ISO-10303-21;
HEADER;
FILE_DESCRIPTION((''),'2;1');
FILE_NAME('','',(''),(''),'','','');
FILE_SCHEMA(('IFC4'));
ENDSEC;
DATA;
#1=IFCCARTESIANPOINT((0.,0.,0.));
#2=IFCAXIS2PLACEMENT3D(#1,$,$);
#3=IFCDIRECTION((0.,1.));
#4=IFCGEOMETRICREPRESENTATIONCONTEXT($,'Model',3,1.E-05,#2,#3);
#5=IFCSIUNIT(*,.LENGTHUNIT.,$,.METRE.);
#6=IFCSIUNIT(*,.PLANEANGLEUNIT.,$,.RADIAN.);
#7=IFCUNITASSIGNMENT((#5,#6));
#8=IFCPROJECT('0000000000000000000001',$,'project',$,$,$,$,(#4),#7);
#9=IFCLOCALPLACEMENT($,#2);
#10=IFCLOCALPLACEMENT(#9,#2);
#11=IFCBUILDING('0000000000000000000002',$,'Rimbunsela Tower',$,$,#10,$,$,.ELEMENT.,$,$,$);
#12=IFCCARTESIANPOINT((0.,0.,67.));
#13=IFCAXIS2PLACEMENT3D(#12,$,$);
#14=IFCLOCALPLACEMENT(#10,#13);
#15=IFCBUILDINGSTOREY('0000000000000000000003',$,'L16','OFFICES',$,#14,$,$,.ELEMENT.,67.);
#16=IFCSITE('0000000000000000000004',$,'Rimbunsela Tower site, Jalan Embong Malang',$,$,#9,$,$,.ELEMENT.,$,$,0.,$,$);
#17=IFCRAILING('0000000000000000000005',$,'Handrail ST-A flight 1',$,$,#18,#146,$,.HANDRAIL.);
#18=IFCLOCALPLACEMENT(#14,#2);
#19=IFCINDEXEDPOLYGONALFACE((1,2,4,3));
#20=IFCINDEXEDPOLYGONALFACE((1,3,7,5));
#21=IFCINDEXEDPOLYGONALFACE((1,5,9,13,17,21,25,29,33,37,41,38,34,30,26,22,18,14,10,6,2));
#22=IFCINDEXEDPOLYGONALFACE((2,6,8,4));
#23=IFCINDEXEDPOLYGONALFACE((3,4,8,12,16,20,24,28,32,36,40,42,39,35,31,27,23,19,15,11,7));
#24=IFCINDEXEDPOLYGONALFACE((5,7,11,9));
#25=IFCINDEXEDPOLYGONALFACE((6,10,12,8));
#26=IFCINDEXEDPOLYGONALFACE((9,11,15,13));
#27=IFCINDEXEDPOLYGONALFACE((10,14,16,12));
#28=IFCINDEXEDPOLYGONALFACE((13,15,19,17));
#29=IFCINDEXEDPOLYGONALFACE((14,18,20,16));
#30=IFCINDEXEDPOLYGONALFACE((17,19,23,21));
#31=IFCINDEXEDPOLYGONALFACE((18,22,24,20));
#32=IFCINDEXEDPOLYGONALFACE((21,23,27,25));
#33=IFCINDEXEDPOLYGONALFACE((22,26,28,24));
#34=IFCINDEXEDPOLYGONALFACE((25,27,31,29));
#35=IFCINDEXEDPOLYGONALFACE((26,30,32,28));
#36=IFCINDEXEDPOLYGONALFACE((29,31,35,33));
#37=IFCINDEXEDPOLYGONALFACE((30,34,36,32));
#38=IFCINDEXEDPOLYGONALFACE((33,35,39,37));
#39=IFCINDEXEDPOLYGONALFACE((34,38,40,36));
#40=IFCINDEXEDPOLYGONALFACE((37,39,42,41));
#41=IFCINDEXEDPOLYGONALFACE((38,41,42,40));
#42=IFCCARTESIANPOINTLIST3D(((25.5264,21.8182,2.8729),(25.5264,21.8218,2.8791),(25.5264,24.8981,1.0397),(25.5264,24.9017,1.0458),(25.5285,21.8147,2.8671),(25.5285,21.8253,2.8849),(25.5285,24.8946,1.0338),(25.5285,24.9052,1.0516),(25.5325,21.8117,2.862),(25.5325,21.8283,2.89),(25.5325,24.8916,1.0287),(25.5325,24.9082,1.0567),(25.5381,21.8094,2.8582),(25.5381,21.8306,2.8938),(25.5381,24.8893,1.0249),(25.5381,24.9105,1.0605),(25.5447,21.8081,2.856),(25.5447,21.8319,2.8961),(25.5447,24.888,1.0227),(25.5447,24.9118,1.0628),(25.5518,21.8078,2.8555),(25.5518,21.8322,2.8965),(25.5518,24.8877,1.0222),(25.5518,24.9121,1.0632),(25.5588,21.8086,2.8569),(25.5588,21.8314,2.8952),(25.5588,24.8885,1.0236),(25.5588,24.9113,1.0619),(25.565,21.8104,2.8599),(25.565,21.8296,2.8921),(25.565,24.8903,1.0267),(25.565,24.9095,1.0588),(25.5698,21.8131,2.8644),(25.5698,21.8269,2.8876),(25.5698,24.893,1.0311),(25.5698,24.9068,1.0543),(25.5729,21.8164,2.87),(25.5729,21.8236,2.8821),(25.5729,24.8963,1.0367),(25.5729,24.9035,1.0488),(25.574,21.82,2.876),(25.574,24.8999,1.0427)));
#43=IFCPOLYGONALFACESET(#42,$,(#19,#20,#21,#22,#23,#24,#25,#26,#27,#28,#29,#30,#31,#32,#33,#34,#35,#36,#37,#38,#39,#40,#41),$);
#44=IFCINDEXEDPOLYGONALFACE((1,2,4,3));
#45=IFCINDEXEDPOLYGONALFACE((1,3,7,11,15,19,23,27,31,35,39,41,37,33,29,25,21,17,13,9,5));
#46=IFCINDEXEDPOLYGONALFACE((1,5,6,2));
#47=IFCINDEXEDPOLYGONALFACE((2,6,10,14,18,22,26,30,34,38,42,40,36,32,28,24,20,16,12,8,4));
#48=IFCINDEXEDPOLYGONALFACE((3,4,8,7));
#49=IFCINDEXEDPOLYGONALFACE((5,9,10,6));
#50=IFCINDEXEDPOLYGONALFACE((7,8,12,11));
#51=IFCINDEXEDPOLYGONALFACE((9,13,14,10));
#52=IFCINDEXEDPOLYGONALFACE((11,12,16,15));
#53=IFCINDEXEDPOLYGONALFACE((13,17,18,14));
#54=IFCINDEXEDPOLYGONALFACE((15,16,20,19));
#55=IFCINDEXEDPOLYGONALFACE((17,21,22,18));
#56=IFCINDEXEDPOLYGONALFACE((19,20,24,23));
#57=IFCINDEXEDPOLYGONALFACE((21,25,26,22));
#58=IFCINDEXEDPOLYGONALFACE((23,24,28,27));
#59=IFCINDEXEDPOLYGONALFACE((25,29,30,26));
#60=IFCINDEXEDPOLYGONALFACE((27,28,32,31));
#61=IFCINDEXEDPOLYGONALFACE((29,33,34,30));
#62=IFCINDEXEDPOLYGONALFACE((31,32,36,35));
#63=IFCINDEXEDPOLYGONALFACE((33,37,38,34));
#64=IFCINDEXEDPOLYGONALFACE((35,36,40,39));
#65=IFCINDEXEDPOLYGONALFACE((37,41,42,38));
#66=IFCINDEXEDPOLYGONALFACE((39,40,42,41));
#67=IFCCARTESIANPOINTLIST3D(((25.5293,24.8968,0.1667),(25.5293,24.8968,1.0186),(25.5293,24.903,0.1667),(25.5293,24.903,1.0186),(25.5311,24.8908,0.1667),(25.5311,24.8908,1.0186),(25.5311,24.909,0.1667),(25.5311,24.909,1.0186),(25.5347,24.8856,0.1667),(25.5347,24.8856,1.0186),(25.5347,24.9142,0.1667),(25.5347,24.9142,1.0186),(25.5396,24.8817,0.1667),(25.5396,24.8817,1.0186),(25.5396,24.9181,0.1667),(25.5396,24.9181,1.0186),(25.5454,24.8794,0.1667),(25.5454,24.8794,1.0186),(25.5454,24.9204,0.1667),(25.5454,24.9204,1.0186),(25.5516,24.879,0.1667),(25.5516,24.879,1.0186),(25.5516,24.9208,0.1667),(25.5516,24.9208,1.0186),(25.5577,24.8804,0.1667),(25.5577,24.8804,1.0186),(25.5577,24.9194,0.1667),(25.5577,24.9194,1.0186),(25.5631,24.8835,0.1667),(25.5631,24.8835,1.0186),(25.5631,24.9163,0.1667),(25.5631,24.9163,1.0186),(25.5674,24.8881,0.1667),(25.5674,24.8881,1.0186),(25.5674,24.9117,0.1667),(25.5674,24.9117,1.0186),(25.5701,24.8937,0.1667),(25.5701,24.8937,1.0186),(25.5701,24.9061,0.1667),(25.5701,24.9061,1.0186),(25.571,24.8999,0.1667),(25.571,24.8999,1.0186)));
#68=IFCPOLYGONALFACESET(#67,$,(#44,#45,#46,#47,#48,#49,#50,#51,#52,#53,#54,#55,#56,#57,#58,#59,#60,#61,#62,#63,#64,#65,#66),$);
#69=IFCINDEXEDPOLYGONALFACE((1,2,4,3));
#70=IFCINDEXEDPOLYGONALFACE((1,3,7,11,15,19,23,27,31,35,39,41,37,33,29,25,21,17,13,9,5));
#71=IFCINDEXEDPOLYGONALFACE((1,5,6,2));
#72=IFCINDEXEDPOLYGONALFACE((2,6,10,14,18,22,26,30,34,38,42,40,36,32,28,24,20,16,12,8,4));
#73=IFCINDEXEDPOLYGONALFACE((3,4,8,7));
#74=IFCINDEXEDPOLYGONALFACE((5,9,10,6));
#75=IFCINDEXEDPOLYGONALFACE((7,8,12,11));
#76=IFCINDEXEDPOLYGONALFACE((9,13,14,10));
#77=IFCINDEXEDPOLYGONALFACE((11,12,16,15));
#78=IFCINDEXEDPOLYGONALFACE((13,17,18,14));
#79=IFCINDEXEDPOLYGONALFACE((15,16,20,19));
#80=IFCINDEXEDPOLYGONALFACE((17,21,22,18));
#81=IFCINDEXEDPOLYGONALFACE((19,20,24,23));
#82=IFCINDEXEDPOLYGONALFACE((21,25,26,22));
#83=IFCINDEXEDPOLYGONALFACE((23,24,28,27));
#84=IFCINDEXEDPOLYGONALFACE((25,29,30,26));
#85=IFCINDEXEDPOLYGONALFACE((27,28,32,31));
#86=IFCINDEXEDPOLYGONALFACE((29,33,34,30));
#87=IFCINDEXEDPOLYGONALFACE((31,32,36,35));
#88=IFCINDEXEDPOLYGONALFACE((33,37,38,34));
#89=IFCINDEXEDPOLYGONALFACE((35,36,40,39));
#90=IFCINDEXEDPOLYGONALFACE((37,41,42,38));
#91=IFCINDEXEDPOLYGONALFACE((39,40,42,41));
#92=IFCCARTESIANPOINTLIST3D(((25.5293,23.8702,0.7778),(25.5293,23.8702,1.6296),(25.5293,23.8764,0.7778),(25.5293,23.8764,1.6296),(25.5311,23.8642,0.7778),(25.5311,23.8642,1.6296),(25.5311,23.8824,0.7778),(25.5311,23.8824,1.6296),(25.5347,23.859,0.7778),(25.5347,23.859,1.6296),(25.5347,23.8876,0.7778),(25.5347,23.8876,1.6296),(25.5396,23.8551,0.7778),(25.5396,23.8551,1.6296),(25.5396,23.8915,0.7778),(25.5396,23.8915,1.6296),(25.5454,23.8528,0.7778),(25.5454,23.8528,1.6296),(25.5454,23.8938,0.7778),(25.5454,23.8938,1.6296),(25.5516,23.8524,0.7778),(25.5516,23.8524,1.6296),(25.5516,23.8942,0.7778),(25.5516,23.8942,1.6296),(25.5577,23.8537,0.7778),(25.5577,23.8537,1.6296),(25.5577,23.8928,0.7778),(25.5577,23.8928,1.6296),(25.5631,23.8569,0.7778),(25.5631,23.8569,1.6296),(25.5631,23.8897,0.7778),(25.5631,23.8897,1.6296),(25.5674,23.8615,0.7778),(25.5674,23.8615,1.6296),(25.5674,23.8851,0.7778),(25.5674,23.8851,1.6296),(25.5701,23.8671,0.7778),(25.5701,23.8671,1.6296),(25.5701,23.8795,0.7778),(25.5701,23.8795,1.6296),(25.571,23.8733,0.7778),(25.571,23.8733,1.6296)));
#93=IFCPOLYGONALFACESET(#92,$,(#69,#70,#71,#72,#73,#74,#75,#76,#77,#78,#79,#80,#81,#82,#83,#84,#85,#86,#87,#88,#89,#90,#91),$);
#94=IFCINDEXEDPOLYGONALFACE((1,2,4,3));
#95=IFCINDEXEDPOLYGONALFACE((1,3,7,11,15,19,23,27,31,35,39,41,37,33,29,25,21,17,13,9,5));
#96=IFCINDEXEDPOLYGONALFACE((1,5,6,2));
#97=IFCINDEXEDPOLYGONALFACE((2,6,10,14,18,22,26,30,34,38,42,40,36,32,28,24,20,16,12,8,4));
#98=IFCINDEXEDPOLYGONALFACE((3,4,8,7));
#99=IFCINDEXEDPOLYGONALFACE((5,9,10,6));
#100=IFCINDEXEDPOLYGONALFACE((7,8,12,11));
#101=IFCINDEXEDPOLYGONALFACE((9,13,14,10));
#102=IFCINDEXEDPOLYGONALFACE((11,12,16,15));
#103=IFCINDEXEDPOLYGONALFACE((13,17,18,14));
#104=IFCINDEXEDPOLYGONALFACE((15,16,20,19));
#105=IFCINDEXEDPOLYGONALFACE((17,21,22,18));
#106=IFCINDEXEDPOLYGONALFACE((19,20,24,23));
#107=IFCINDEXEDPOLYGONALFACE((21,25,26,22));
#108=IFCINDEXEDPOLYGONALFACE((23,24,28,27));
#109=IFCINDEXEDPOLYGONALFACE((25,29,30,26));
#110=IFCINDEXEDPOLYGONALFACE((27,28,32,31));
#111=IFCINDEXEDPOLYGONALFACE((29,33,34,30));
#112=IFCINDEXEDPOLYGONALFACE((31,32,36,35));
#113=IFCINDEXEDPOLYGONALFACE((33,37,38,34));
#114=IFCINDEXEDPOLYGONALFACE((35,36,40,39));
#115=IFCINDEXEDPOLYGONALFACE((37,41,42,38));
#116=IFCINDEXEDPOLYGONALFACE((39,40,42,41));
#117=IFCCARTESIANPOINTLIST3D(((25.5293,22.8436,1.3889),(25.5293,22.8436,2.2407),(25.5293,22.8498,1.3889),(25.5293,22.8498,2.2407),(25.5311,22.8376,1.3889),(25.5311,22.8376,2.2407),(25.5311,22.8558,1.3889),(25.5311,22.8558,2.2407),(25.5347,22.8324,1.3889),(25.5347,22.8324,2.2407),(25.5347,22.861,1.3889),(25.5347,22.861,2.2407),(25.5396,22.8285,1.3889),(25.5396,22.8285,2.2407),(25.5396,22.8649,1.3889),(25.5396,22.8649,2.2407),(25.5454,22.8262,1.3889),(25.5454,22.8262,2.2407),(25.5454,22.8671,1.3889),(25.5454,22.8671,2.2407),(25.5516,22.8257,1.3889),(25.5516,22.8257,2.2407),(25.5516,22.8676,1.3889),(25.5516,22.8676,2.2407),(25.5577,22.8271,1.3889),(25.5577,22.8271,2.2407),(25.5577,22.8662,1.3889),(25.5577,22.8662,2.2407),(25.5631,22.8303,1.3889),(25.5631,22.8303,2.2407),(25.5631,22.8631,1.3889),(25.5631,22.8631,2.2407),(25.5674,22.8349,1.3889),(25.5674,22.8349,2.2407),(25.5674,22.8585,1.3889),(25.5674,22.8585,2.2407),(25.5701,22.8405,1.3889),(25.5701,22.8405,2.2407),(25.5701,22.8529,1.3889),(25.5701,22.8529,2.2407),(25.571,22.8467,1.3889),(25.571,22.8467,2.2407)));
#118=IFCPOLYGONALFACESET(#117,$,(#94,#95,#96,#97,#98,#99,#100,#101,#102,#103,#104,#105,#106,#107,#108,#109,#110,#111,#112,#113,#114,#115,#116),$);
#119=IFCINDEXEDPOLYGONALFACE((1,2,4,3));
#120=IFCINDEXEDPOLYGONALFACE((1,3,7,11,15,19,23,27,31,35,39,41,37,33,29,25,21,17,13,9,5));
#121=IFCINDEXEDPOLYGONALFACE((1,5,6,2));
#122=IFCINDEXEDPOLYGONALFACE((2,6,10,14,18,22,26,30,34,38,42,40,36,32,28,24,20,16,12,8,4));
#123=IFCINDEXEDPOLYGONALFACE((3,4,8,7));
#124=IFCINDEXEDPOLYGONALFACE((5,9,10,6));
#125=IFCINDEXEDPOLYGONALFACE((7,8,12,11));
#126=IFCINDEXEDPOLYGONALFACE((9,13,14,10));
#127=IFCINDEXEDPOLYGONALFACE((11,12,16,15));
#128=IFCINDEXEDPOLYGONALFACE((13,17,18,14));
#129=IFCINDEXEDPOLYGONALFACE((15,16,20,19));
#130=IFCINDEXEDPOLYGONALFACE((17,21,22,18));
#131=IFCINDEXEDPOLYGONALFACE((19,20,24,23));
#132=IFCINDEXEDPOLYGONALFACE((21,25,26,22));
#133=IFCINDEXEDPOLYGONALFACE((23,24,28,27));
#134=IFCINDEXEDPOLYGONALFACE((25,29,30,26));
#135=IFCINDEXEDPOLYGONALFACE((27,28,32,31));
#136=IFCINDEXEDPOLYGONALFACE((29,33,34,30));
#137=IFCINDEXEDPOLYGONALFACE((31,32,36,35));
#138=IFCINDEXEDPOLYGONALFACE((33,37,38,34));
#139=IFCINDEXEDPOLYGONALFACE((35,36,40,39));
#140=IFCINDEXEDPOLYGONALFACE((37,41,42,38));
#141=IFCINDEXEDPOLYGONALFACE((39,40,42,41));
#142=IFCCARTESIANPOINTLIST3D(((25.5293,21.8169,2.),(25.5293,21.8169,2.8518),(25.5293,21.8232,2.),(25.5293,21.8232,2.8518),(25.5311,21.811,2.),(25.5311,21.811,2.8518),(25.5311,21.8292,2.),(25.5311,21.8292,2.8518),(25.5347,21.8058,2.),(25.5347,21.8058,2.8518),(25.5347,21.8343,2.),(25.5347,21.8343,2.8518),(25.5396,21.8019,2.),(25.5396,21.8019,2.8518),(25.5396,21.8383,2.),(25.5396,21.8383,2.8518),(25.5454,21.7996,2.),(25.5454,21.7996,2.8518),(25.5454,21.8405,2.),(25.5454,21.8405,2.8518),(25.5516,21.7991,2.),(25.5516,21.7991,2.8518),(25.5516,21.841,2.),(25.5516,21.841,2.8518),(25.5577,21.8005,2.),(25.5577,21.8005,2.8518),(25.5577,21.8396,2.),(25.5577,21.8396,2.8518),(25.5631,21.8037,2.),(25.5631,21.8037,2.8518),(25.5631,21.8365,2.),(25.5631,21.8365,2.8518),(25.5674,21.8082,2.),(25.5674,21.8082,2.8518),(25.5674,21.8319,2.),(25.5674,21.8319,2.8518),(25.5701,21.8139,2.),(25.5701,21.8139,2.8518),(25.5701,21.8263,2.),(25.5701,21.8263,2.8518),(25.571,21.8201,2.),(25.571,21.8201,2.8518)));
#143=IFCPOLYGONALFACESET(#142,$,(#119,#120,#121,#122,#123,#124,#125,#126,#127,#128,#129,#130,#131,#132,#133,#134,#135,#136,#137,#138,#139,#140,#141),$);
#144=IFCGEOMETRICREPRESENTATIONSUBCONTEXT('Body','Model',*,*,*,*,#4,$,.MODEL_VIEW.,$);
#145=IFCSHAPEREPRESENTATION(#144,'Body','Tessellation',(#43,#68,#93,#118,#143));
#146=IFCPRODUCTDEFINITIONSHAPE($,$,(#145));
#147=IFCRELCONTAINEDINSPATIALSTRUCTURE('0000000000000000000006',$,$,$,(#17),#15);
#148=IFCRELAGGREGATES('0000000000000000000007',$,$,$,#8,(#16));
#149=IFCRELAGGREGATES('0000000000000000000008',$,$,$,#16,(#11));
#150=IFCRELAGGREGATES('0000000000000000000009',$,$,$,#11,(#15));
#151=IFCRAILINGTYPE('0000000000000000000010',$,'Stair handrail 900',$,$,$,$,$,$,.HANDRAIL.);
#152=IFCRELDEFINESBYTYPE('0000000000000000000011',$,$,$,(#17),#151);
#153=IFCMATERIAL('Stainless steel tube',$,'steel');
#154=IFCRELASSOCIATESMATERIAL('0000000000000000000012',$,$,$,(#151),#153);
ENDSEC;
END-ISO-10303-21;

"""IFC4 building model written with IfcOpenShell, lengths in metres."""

from ifc_helpers import new_model, si_unit, direction, frame, origin, origin_2d, place, context, subcontext, project, spatial, circle, extrude, material, type_object, element, save


model = new_model("IFC4")

# Units and contexts
model_context = context("Model", 3, precision=1e-05, world=origin(), true_north=direction((0.0, 1.0)))
body_context = subcontext(model_context, "Body", "Model", "MODEL_VIEW")
ifc_project = project(units=[si_unit("LENGTHUNIT", "METRE"), si_unit("PLANEANGLEUNIT", "RADIAN")], contexts=[model_context])

# Site, building, storey
site_placement = place(None, origin())
site = spatial("IfcSite", under=ifc_project, at=site_placement, Name="Rimbunsela Tower site, Jalan Embong Malang", CompositionType="ELEMENT", RefElevation=0.0)
building_placement = place(site_placement, origin())
building = spatial("IfcBuilding", under=site, at=building_placement, Name="Rimbunsela Tower", CompositionType="ELEMENT")
storey_placement = place(building_placement, frame((0.0, 0.0, 67.0)))
storey = spatial("IfcBuildingStorey", under=building, at=storey_placement, Name="L16", Description="OFFICES", CompositionType="ELEMENT", Elevation=67.0)

# Railing
ifc_material_1 = material(Name="Stainless steel tube", Category="steel")
railing_type = type_object("IfcRailingType", Name="Stair handrail 900", PredefinedType="HANDRAIL", material=ifc_material_1)
railing_placement = place(storey_placement, frame((25.55, 24.8999, 0.1667)))
element("IfcRailing", 1, at=railing_placement, inside=storey, type_object=railing_type, Name="Handrail ST-A flight 1", PredefinedType="HANDRAIL", context=body_context, shape_type="SweptSolid", body=[
    extrude(circle(Radius=0.0239, at=origin_2d()), frame((0.0, 0.0, 0.876), z_axis=(0.0, -0.859291, 0.511487), x_axis=(1.0, 0.0, 0.0)), (0.0, 0.0, 1.0), 3.5842),
    extrude(circle(Radius=0.021, at=origin_2d()), origin(), (0.0, 0.0, 1.0), 0.8518),
    extrude(circle(Radius=0.021, at=origin_2d()), frame((0.0, -1.0266, 0.6111)), (0.0, 0.0, 1.0), 0.8518),
    extrude(circle(Radius=0.021, at=origin_2d()), frame((0.0, -2.0532, 1.2222)), (0.0, 0.0, 1.0), 0.8518),
    extrude(circle(Radius=0.021, at=origin_2d()), frame((0.0, -3.0798, 1.8333)), (0.0, 0.0, 1.0), 0.8518),
])

save(model, "model.ifc")
